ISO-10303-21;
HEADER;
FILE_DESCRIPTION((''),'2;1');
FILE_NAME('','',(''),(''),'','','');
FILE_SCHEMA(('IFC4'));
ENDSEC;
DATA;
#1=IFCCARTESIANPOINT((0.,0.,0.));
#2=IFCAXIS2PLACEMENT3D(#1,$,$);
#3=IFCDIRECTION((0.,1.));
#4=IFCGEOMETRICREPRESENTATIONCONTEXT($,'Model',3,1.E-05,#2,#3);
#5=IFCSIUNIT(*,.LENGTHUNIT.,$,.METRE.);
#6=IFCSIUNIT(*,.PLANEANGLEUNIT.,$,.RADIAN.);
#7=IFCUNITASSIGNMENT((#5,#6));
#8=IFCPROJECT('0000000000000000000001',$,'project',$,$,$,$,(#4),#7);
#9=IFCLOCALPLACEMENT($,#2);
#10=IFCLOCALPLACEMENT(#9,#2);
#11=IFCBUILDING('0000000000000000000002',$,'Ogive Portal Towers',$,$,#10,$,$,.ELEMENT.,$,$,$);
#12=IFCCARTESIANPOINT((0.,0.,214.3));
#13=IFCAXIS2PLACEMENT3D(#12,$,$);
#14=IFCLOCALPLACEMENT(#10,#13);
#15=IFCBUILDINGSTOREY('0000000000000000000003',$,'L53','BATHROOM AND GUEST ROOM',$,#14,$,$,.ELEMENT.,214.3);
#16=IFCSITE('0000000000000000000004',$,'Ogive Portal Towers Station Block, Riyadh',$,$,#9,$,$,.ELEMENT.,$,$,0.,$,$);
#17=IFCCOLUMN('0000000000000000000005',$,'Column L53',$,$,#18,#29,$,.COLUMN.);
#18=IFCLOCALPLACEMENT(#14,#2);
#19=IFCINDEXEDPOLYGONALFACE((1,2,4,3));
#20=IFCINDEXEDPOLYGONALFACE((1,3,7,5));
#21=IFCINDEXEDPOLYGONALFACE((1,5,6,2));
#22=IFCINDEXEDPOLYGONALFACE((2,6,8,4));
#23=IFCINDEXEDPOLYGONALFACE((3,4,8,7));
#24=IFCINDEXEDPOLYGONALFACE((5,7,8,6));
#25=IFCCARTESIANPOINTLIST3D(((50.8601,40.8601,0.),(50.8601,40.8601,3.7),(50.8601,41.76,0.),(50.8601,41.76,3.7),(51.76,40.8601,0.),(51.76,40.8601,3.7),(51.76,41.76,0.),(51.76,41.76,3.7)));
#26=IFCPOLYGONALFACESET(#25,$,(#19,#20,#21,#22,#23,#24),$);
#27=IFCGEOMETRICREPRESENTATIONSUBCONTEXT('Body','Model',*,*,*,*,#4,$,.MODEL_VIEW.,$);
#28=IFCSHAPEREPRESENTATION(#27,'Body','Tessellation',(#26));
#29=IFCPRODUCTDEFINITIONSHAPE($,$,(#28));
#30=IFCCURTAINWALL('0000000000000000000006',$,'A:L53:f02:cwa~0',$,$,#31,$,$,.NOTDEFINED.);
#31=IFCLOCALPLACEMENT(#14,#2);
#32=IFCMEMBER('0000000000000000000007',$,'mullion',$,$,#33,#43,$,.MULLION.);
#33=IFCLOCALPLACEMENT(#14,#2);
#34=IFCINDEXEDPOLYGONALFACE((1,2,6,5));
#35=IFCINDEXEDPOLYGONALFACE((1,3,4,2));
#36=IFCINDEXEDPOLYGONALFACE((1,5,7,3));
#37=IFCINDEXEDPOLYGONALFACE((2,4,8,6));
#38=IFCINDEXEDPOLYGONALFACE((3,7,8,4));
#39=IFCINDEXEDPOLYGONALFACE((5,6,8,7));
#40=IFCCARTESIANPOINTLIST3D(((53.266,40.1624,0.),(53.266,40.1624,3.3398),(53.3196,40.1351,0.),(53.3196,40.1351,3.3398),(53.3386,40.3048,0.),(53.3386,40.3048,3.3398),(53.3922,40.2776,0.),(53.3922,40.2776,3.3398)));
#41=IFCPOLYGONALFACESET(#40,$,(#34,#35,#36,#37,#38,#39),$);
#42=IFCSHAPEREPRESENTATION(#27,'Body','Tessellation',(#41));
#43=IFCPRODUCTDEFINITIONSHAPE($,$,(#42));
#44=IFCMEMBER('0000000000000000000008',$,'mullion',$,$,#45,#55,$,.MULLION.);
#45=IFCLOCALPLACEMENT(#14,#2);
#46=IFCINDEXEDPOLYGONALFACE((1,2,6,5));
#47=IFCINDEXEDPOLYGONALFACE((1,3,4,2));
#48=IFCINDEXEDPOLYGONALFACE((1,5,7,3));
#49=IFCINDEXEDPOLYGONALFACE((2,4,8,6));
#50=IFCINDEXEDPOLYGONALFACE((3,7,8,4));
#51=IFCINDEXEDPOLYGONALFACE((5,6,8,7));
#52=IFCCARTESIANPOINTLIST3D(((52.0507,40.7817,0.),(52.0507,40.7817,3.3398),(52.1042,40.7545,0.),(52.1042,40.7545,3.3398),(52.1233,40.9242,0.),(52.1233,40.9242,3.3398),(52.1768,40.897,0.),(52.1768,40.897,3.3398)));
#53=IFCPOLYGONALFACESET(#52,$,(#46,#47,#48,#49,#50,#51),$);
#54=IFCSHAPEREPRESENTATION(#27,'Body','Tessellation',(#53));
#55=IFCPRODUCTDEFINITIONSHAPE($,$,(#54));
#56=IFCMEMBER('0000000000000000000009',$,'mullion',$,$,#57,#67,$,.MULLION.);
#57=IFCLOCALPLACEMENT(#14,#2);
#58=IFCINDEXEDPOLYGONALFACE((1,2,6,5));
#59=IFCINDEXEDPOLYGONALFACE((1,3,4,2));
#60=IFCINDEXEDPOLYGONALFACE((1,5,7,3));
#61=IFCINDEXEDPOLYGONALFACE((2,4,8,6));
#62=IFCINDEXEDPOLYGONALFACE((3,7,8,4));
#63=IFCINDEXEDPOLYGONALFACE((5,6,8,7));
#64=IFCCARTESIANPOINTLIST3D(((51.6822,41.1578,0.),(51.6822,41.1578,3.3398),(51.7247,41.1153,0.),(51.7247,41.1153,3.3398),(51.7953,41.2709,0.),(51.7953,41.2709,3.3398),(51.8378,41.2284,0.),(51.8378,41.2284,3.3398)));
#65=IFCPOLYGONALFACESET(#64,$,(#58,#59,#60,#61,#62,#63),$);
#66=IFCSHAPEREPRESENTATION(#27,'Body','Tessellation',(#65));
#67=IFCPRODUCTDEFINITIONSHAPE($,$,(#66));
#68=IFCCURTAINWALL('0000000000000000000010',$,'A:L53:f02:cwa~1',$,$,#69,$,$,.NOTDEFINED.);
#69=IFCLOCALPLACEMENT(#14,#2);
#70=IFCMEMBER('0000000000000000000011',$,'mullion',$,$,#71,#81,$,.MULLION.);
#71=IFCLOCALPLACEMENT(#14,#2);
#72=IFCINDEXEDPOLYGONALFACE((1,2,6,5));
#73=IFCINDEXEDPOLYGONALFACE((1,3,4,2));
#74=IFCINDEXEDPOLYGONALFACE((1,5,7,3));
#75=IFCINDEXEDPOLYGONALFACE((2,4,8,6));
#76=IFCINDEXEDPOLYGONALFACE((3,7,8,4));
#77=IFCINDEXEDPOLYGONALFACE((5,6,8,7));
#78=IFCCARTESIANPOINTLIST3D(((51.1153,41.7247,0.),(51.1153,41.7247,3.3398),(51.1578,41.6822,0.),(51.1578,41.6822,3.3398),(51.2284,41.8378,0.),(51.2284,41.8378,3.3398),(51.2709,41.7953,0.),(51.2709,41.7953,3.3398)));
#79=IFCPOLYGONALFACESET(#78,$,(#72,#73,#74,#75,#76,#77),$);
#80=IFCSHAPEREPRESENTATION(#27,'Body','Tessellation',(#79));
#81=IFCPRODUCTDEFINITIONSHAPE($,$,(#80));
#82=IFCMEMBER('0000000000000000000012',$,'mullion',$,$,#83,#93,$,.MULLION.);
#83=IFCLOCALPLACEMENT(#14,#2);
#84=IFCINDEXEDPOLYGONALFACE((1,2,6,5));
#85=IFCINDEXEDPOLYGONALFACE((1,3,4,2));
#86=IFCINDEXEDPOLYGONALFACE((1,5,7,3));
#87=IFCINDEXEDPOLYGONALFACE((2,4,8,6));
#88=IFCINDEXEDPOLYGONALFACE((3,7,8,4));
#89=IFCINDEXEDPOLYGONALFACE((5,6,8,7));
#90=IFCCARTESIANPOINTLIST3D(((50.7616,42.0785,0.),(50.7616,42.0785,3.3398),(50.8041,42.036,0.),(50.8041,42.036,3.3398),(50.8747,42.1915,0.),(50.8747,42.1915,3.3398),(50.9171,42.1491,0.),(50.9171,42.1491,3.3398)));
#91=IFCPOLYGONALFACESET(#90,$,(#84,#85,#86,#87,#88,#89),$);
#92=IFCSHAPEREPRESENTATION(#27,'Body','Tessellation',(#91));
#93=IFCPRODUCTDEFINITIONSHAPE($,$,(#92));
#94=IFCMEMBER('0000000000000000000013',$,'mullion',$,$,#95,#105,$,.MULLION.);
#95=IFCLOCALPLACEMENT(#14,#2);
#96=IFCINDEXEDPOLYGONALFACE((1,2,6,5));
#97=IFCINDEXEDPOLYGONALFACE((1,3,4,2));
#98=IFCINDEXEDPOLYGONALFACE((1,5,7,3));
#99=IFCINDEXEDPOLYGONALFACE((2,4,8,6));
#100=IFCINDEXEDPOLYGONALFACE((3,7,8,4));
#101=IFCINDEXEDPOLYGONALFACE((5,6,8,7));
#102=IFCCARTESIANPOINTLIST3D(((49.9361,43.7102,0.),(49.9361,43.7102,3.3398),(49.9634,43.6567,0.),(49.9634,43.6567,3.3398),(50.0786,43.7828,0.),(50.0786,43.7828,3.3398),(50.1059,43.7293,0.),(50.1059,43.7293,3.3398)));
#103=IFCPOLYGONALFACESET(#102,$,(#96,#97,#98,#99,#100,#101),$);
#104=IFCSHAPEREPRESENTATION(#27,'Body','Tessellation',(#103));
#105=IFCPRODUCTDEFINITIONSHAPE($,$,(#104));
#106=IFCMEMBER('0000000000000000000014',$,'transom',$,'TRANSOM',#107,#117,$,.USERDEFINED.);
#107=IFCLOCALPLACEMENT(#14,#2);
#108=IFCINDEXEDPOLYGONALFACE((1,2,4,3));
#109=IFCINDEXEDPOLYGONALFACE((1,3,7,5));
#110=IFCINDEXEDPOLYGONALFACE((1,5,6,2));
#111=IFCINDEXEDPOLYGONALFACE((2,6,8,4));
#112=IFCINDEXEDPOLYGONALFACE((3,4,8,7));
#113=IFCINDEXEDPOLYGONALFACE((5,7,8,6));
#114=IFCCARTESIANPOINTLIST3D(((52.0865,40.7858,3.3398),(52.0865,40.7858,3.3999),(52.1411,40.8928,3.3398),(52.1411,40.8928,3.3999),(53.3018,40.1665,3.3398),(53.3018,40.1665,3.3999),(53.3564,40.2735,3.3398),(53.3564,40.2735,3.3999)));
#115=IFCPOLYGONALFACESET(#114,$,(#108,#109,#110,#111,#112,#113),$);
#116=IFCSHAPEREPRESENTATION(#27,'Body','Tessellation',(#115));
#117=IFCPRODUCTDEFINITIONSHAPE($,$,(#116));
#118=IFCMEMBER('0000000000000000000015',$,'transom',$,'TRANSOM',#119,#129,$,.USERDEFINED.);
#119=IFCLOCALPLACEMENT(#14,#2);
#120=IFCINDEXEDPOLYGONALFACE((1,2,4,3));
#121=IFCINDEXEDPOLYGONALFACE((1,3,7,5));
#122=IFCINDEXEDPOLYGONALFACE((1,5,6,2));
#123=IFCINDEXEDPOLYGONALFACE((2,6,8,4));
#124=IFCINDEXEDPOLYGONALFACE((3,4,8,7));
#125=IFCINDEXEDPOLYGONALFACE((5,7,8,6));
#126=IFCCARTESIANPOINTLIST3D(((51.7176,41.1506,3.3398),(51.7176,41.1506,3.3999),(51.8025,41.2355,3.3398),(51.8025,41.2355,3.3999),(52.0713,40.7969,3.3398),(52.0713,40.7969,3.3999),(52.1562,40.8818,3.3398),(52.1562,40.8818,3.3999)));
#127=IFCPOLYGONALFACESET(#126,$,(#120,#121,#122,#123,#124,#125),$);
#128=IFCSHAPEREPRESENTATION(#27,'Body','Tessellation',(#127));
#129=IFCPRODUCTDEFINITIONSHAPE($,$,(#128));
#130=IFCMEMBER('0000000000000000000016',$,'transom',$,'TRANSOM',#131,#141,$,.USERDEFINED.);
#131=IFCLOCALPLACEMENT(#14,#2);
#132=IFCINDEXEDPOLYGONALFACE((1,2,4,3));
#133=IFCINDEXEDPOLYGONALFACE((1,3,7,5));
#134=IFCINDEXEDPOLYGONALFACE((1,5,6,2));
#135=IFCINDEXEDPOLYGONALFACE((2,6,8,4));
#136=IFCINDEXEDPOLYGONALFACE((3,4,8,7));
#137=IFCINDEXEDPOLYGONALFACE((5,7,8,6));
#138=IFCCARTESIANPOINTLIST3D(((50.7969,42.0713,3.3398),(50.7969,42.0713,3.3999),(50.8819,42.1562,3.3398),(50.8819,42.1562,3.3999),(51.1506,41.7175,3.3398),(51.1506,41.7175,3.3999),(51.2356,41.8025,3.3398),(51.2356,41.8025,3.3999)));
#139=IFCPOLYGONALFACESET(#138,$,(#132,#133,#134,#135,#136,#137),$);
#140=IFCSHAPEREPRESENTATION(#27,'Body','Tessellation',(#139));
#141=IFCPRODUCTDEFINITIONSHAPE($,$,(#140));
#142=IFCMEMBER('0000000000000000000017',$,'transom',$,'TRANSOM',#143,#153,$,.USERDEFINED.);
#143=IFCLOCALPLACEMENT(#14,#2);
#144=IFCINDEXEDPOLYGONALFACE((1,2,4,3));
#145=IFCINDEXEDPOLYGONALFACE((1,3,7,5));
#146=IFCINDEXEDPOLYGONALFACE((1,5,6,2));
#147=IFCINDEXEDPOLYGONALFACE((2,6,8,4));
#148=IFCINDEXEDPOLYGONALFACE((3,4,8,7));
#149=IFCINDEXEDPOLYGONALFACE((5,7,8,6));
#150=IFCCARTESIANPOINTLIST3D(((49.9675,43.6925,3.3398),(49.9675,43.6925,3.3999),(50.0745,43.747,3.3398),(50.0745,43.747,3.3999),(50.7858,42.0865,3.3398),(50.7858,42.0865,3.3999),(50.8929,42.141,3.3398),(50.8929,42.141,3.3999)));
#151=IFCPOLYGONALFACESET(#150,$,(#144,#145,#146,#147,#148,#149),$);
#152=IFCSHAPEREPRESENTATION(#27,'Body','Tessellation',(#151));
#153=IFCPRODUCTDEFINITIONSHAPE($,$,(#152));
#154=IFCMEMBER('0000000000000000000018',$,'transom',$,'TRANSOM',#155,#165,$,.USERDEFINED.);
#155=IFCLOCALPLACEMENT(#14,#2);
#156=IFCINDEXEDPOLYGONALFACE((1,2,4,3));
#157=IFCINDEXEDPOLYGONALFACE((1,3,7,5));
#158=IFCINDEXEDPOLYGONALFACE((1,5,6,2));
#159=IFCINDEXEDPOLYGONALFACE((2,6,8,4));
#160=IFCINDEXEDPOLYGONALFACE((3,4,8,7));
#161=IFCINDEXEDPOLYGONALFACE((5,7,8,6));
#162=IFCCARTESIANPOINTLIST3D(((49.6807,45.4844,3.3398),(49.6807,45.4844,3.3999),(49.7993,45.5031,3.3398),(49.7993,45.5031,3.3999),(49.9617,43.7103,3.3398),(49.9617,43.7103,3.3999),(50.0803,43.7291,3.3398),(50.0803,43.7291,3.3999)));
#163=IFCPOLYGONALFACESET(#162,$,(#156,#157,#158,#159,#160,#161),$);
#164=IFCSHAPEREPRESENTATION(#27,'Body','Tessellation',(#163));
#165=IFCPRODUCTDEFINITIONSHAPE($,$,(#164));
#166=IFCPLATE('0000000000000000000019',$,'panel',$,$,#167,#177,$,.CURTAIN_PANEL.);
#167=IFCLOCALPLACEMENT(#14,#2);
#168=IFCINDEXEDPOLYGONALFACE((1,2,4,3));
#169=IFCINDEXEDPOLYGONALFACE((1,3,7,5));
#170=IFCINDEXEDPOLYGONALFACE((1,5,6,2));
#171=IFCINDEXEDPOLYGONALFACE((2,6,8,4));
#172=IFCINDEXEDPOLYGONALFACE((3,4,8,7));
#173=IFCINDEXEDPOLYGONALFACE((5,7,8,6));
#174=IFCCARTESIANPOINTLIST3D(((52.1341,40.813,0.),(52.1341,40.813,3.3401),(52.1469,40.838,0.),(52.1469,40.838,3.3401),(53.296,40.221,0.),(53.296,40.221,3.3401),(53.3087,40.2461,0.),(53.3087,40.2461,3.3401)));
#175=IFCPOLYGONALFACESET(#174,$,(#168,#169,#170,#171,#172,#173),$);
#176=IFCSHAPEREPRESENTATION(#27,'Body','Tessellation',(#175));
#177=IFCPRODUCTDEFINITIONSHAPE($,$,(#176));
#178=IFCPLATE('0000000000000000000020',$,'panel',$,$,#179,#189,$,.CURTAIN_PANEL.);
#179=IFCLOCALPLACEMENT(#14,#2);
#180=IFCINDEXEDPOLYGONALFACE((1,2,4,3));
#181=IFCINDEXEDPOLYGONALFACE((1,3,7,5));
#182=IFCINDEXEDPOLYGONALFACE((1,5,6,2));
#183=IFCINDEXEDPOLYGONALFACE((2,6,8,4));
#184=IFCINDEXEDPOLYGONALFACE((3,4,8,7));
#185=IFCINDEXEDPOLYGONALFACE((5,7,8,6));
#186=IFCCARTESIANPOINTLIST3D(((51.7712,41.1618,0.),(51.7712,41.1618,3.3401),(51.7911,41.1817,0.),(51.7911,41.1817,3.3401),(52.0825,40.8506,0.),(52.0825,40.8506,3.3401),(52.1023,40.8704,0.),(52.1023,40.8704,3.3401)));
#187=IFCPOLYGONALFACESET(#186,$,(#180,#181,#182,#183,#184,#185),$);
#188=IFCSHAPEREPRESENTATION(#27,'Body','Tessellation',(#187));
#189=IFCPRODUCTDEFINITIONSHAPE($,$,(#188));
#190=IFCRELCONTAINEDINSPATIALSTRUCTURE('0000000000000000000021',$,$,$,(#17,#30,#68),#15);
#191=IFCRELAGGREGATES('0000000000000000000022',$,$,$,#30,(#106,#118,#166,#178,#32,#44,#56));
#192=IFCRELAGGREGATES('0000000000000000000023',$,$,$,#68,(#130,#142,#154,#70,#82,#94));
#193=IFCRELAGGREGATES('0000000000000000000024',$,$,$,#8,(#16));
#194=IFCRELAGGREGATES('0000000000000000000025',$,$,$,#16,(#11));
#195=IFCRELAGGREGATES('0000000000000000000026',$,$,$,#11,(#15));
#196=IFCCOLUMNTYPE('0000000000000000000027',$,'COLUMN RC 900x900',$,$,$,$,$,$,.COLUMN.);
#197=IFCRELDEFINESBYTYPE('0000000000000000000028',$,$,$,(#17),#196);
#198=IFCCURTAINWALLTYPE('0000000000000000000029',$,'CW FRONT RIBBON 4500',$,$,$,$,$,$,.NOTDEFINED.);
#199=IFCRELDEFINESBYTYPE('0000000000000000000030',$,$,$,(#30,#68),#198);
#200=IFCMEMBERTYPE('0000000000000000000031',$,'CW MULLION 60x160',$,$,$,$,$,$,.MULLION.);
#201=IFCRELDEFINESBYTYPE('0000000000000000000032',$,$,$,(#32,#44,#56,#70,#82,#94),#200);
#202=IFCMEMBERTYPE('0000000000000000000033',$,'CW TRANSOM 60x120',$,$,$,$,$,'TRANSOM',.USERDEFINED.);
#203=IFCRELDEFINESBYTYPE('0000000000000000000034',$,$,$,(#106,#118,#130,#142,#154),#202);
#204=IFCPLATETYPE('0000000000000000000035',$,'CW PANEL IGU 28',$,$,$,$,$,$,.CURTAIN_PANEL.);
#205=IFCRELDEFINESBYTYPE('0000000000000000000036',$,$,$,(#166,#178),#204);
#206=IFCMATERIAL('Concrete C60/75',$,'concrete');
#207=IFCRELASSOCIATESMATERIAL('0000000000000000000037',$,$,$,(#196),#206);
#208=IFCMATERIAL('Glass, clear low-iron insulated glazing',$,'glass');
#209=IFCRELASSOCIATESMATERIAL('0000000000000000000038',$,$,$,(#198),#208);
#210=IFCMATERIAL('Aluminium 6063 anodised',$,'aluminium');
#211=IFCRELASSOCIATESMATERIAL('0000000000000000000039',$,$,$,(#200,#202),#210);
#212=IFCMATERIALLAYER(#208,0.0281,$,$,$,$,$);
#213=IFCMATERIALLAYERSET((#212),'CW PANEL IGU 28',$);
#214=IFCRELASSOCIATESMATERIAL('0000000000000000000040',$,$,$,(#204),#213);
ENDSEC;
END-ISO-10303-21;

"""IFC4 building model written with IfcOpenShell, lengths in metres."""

from ifc_helpers import new_model, si_unit, direction, frame, origin, origin_2d, place, context, subcontext, project, spatial, rectangle, extrude, material, layer, layer_set, material_profile, profile_set, type_object, element, aggregate, save


model = new_model("IFC4")

# Units and contexts
model_context = context("Model", 3, precision=1e-05, world=origin(), true_north=direction((0.0, 1.0)))
body_context = subcontext(model_context, "Body", "Model", "MODEL_VIEW")
ifc_project = project(units=[si_unit("LENGTHUNIT", "METRE"), si_unit("PLANEANGLEUNIT", "RADIAN")], contexts=[model_context])

# Site, building, storey
site_placement = place(None, origin())
site = spatial("IfcSite", under=ifc_project, at=site_placement, Name="Ogive Portal Towers Station Block, Riyadh", CompositionType="ELEMENT", RefElevation=0.0)
building_placement = place(site_placement, origin())
building = spatial("IfcBuilding", under=site, at=building_placement, Name="Ogive Portal Towers", CompositionType="ELEMENT")
storey_placement = place(building_placement, frame((0.0, 0.0, 214.3)))
storey = spatial("IfcBuildingStorey", under=building, at=storey_placement, Name="L53", Description="BATHROOM AND GUEST ROOM", CompositionType="ELEMENT", Elevation=214.3)

# Column
ifc_material_1 = material(Name="Concrete C60/75", Category="concrete")
ifc_material_profile_1 = material_profile(ifc_material_1, rectangle(XDim=0.8999, YDim=0.8999, at=origin_2d()), Name="RC 900x900")
ifc_profile_set_1 = profile_set([ifc_material_profile_1], Name="Concrete C60/75")
column_type = type_object("IfcColumnType", Name="COLUMN RC 900x900", PredefinedType="COLUMN", material=ifc_profile_set_1)
column_placement = place(storey_placement, frame((51.3101, 41.3101, 0.0), z_axis=(0.0, 0.0, 1.0), x_axis=(1.0, 0.0, 0.0)))
element("IfcColumn", 1, at=column_placement, inside=storey, type_object=column_type, Name="Column L53", PredefinedType="COLUMN", context=body_context, shape_type="SweptSolid", body=[
    extrude(rectangle(XDim=0.8999, YDim=0.8999, at=origin_2d()), origin(), (0.0, 0.0, 1.0), 3.7),
])

# Curtain walls, members
ifc_material_2 = material(Name="Glass, clear low-iron insulated glazing", Category="glass")
curtain_wall_type = type_object("IfcCurtainWallType", Name="CW FRONT RIBBON 4500", PredefinedType="NOTDEFINED", material=ifc_material_2)
curtain_wall_1_placement = place(storey_placement, origin())
curtain_wall_1 = element("IfcCurtainWall", 2, at=curtain_wall_1_placement, inside=storey, type_object=curtain_wall_type, Name="A:L53:f02:cwa~0", PredefinedType="NOTDEFINED")
ifc_material_3 = material(Name="Aluminium 6063 anodised", Category="aluminium")
ifc_material_profile_2 = material_profile(ifc_material_3, rectangle(XDim=0.1599, YDim=0.0601, at=origin_2d()), Name="AL 60x160")
ifc_profile_set_2 = profile_set([ifc_material_profile_2], Name="Aluminium 6063 anodised")
member_type_1 = type_object("IfcMemberType", Name="CW MULLION 60x160", PredefinedType="MULLION", material=ifc_profile_set_2)
member_1_placement = place(storey_placement, frame((53.3291, 40.22, 0.0), z_axis=(0.0, 0.0, 1.0), x_axis=(-0.45399, -0.891007, 0.0)))
member_1 = element("IfcMember", 3, at=member_1_placement, type_object=member_type_1, Name="mullion", PredefinedType="MULLION", context=body_context, shape_type="SweptSolid", body=[
    extrude(rectangle(XDim=0.1599, YDim=0.0601, at=origin_2d()), origin(), (0.0, 0.0, 1.0), 3.3398),
])
member_2_placement = place(storey_placement, frame((52.1138, 40.8394, 0.0), z_axis=(0.0, 0.0, 1.0), x_axis=(-0.45399, -0.891007, 0.0)))
member_2 = element("IfcMember", 4, at=member_2_placement, type_object=member_type_1, Name="mullion", PredefinedType="MULLION", context=body_context, shape_type="SweptSolid", body=[
    extrude(rectangle(XDim=0.1599, YDim=0.0601, at=origin_2d()), origin(), (0.0, 0.0, 1.0), 3.3398),
])
member_3_placement = place(storey_placement, frame((51.76, 41.1931, 0.0), z_axis=(0.0, 0.0, 1.0), x_axis=(-0.707107, -0.707107, 0.0)))
member_3 = element("IfcMember", 5, at=member_3_placement, type_object=member_type_1, Name="mullion", PredefinedType="MULLION", context=body_context, shape_type="SweptSolid", body=[
    extrude(rectangle(XDim=0.1599, YDim=0.0601, at=origin_2d()), origin(), (0.0, 0.0, 1.0), 3.3398),
])
curtain_wall_2_placement = place(storey_placement, origin())
curtain_wall_2 = element("IfcCurtainWall", 6, at=curtain_wall_2_placement, inside=storey, type_object=curtain_wall_type, Name="A:L53:f02:cwa~1", PredefinedType="NOTDEFINED")
member_4_placement = place(storey_placement, frame((51.1931, 41.76, 0.0), z_axis=(0.0, 0.0, 1.0), x_axis=(-0.707107, -0.707107, 0.0)))
member_4 = element("IfcMember", 7, at=member_4_placement, type_object=member_type_1, Name="mullion", PredefinedType="MULLION", context=body_context, shape_type="SweptSolid", body=[
    extrude(rectangle(XDim=0.1599, YDim=0.0601, at=origin_2d()), origin(), (0.0, 0.0, 1.0), 3.3398),
])
member_5_placement = place(storey_placement, frame((50.8394, 42.1138, 0.0), z_axis=(0.0, 0.0, 1.0), x_axis=(-0.707107, -0.707107, 0.0)))
member_5 = element("IfcMember", 8, at=member_5_placement, type_object=member_type_1, Name="mullion", PredefinedType="MULLION", context=body_context, shape_type="SweptSolid", body=[
    extrude(rectangle(XDim=0.1599, YDim=0.0601, at=origin_2d()), origin(), (0.0, 0.0, 1.0), 3.3398),
])
member_6_placement = place(storey_placement, frame((50.021, 43.7197, 0.0), z_axis=(0.0, 0.0, 1.0), x_axis=(-0.891007, -0.45399, 0.0)))
member_6 = element("IfcMember", 9, at=member_6_placement, type_object=member_type_1, Name="mullion", PredefinedType="MULLION", context=body_context, shape_type="SweptSolid", body=[
    extrude(rectangle(XDim=0.1599, YDim=0.0601, at=origin_2d()), origin(), (0.0, 0.0, 1.0), 3.3398),
])

# Members
ifc_material_profile_3 = material_profile(ifc_material_3, rectangle(XDim=0.1201, YDim=0.0601, at=origin_2d()), Name="AL 120x60")
ifc_profile_set_3 = profile_set([ifc_material_profile_3], Name="Aluminium 6063 anodised")
member_type_2 = type_object("IfcMemberType", Name="CW TRANSOM 60x120", ElementType="TRANSOM", PredefinedType="USERDEFINED", material=ifc_profile_set_3)
member_7_placement = place(storey_placement, frame((53.3291, 40.22, 3.3699), z_axis=(-0.890964, 0.454073, 0.0), x_axis=(-0.454073, -0.890964, 0.0)))
member_7 = element("IfcMember", 10, at=member_7_placement, type_object=member_type_2, Name="transom", ObjectType="TRANSOM", PredefinedType="USERDEFINED", context=body_context, shape_type="SweptSolid", body=[
    extrude(rectangle(XDim=0.1201, YDim=0.0601, at=origin_2d()), origin(), (0.0, 0.0, 1.0), 1.364),
])
member_8_placement = place(storey_placement, frame((52.1138, 40.8394, 3.3699), z_axis=(-0.707107, 0.707107, 0.0), x_axis=(-0.707107, -0.707107, 0.0)))
member_8 = element("IfcMember", 11, at=member_8_placement, type_object=member_type_2, Name="transom", ObjectType="TRANSOM", PredefinedType="USERDEFINED", context=body_context, shape_type="SweptSolid", body=[
    extrude(rectangle(XDim=0.1201, YDim=0.0601, at=origin_2d()), origin(), (0.0, 0.0, 1.0), 0.5002),
])
member_9_placement = place(storey_placement, frame((51.1931, 41.76, 3.3699), z_axis=(-0.707107, 0.707107, 0.0), x_axis=(-0.707107, -0.707107, 0.0)))
member_9 = element("IfcMember", 12, at=member_9_placement, type_object=member_type_2, Name="transom", ObjectType="TRANSOM", PredefinedType="USERDEFINED", context=body_context, shape_type="SweptSolid", body=[
    extrude(rectangle(XDim=0.1201, YDim=0.0601, at=origin_2d()), origin(), (0.0, 0.0, 1.0), 0.5002),
])
member_10_placement = place(storey_placement, frame((50.8394, 42.1138, 3.3699), z_axis=(-0.454027, 0.890988, 0.0), x_axis=(-0.890988, -0.454027, 0.0)))
member_10 = element("IfcMember", 13, at=member_10_placement, type_object=member_type_2, Name="transom", ObjectType="TRANSOM", PredefinedType="USERDEFINED", context=body_context, shape_type="SweptSolid", body=[
    extrude(rectangle(XDim=0.1201, YDim=0.0601, at=origin_2d()), origin(), (0.0, 0.0, 1.0), 1.8025),
])
member_11_placement = place(storey_placement, frame((50.021, 43.7197, 3.3699), z_axis=(-0.156458, 0.987685, 0.0), x_axis=(-0.987685, -0.156458, 0.0)))
member_11 = element("IfcMember", 14, at=member_11_placement, type_object=member_type_2, Name="transom", ObjectType="TRANSOM", PredefinedType="USERDEFINED", context=body_context, shape_type="SweptSolid", body=[
    extrude(rectangle(XDim=0.1201, YDim=0.0601, at=origin_2d()), origin(), (0.0, 0.0, 1.0), 1.7961),
])

# Plates
ifc_layer = layer(ifc_material_2, 0.0281)
ifc_layer_set = layer_set([ifc_layer], Name="CW PANEL IGU 28")
plate_type = type_object("IfcPlateType", Name="CW PANEL IGU 28", PredefinedType="CURTAIN_PANEL", material=ifc_layer_set)
plate_1_placement = place(storey_placement, frame((52.7214, 40.5295, 0.0), z_axis=(0.0, 0.0, 1.0), x_axis=(-0.891007, 0.45399, 0.0)))
plate_1 = element("IfcPlate", 15, at=plate_1_placement, type_object=plate_type, Name="panel", PredefinedType="CURTAIN_PANEL", context=body_context, shape_type="SweptSolid", body=[
    extrude(rectangle(XDim=1.304, YDim=0.0281, at=origin_2d()), origin(), (0.0, 0.0, 1.0), 3.3401),
])
plate_2_placement = place(storey_placement, frame((51.9368, 41.0161, 0.0), z_axis=(0.0, 0.0, 1.0), x_axis=(-0.707107, 0.707107, 0.0)))
plate_2 = element("IfcPlate", 16, at=plate_2_placement, type_object=plate_type, Name="panel", PredefinedType="CURTAIN_PANEL", context=body_context, shape_type="SweptSolid", body=[
    extrude(rectangle(XDim=0.4402, YDim=0.0281, at=origin_2d()), origin(), (0.0, 0.0, 1.0), 3.3401),
])
aggregate(curtain_wall_1, [member_7, member_8, plate_1, plate_2, member_1, member_2, member_3])
aggregate(curtain_wall_2, [member_9, member_10, member_11, member_4, member_5, member_6])

save(model, "model.ifc")
